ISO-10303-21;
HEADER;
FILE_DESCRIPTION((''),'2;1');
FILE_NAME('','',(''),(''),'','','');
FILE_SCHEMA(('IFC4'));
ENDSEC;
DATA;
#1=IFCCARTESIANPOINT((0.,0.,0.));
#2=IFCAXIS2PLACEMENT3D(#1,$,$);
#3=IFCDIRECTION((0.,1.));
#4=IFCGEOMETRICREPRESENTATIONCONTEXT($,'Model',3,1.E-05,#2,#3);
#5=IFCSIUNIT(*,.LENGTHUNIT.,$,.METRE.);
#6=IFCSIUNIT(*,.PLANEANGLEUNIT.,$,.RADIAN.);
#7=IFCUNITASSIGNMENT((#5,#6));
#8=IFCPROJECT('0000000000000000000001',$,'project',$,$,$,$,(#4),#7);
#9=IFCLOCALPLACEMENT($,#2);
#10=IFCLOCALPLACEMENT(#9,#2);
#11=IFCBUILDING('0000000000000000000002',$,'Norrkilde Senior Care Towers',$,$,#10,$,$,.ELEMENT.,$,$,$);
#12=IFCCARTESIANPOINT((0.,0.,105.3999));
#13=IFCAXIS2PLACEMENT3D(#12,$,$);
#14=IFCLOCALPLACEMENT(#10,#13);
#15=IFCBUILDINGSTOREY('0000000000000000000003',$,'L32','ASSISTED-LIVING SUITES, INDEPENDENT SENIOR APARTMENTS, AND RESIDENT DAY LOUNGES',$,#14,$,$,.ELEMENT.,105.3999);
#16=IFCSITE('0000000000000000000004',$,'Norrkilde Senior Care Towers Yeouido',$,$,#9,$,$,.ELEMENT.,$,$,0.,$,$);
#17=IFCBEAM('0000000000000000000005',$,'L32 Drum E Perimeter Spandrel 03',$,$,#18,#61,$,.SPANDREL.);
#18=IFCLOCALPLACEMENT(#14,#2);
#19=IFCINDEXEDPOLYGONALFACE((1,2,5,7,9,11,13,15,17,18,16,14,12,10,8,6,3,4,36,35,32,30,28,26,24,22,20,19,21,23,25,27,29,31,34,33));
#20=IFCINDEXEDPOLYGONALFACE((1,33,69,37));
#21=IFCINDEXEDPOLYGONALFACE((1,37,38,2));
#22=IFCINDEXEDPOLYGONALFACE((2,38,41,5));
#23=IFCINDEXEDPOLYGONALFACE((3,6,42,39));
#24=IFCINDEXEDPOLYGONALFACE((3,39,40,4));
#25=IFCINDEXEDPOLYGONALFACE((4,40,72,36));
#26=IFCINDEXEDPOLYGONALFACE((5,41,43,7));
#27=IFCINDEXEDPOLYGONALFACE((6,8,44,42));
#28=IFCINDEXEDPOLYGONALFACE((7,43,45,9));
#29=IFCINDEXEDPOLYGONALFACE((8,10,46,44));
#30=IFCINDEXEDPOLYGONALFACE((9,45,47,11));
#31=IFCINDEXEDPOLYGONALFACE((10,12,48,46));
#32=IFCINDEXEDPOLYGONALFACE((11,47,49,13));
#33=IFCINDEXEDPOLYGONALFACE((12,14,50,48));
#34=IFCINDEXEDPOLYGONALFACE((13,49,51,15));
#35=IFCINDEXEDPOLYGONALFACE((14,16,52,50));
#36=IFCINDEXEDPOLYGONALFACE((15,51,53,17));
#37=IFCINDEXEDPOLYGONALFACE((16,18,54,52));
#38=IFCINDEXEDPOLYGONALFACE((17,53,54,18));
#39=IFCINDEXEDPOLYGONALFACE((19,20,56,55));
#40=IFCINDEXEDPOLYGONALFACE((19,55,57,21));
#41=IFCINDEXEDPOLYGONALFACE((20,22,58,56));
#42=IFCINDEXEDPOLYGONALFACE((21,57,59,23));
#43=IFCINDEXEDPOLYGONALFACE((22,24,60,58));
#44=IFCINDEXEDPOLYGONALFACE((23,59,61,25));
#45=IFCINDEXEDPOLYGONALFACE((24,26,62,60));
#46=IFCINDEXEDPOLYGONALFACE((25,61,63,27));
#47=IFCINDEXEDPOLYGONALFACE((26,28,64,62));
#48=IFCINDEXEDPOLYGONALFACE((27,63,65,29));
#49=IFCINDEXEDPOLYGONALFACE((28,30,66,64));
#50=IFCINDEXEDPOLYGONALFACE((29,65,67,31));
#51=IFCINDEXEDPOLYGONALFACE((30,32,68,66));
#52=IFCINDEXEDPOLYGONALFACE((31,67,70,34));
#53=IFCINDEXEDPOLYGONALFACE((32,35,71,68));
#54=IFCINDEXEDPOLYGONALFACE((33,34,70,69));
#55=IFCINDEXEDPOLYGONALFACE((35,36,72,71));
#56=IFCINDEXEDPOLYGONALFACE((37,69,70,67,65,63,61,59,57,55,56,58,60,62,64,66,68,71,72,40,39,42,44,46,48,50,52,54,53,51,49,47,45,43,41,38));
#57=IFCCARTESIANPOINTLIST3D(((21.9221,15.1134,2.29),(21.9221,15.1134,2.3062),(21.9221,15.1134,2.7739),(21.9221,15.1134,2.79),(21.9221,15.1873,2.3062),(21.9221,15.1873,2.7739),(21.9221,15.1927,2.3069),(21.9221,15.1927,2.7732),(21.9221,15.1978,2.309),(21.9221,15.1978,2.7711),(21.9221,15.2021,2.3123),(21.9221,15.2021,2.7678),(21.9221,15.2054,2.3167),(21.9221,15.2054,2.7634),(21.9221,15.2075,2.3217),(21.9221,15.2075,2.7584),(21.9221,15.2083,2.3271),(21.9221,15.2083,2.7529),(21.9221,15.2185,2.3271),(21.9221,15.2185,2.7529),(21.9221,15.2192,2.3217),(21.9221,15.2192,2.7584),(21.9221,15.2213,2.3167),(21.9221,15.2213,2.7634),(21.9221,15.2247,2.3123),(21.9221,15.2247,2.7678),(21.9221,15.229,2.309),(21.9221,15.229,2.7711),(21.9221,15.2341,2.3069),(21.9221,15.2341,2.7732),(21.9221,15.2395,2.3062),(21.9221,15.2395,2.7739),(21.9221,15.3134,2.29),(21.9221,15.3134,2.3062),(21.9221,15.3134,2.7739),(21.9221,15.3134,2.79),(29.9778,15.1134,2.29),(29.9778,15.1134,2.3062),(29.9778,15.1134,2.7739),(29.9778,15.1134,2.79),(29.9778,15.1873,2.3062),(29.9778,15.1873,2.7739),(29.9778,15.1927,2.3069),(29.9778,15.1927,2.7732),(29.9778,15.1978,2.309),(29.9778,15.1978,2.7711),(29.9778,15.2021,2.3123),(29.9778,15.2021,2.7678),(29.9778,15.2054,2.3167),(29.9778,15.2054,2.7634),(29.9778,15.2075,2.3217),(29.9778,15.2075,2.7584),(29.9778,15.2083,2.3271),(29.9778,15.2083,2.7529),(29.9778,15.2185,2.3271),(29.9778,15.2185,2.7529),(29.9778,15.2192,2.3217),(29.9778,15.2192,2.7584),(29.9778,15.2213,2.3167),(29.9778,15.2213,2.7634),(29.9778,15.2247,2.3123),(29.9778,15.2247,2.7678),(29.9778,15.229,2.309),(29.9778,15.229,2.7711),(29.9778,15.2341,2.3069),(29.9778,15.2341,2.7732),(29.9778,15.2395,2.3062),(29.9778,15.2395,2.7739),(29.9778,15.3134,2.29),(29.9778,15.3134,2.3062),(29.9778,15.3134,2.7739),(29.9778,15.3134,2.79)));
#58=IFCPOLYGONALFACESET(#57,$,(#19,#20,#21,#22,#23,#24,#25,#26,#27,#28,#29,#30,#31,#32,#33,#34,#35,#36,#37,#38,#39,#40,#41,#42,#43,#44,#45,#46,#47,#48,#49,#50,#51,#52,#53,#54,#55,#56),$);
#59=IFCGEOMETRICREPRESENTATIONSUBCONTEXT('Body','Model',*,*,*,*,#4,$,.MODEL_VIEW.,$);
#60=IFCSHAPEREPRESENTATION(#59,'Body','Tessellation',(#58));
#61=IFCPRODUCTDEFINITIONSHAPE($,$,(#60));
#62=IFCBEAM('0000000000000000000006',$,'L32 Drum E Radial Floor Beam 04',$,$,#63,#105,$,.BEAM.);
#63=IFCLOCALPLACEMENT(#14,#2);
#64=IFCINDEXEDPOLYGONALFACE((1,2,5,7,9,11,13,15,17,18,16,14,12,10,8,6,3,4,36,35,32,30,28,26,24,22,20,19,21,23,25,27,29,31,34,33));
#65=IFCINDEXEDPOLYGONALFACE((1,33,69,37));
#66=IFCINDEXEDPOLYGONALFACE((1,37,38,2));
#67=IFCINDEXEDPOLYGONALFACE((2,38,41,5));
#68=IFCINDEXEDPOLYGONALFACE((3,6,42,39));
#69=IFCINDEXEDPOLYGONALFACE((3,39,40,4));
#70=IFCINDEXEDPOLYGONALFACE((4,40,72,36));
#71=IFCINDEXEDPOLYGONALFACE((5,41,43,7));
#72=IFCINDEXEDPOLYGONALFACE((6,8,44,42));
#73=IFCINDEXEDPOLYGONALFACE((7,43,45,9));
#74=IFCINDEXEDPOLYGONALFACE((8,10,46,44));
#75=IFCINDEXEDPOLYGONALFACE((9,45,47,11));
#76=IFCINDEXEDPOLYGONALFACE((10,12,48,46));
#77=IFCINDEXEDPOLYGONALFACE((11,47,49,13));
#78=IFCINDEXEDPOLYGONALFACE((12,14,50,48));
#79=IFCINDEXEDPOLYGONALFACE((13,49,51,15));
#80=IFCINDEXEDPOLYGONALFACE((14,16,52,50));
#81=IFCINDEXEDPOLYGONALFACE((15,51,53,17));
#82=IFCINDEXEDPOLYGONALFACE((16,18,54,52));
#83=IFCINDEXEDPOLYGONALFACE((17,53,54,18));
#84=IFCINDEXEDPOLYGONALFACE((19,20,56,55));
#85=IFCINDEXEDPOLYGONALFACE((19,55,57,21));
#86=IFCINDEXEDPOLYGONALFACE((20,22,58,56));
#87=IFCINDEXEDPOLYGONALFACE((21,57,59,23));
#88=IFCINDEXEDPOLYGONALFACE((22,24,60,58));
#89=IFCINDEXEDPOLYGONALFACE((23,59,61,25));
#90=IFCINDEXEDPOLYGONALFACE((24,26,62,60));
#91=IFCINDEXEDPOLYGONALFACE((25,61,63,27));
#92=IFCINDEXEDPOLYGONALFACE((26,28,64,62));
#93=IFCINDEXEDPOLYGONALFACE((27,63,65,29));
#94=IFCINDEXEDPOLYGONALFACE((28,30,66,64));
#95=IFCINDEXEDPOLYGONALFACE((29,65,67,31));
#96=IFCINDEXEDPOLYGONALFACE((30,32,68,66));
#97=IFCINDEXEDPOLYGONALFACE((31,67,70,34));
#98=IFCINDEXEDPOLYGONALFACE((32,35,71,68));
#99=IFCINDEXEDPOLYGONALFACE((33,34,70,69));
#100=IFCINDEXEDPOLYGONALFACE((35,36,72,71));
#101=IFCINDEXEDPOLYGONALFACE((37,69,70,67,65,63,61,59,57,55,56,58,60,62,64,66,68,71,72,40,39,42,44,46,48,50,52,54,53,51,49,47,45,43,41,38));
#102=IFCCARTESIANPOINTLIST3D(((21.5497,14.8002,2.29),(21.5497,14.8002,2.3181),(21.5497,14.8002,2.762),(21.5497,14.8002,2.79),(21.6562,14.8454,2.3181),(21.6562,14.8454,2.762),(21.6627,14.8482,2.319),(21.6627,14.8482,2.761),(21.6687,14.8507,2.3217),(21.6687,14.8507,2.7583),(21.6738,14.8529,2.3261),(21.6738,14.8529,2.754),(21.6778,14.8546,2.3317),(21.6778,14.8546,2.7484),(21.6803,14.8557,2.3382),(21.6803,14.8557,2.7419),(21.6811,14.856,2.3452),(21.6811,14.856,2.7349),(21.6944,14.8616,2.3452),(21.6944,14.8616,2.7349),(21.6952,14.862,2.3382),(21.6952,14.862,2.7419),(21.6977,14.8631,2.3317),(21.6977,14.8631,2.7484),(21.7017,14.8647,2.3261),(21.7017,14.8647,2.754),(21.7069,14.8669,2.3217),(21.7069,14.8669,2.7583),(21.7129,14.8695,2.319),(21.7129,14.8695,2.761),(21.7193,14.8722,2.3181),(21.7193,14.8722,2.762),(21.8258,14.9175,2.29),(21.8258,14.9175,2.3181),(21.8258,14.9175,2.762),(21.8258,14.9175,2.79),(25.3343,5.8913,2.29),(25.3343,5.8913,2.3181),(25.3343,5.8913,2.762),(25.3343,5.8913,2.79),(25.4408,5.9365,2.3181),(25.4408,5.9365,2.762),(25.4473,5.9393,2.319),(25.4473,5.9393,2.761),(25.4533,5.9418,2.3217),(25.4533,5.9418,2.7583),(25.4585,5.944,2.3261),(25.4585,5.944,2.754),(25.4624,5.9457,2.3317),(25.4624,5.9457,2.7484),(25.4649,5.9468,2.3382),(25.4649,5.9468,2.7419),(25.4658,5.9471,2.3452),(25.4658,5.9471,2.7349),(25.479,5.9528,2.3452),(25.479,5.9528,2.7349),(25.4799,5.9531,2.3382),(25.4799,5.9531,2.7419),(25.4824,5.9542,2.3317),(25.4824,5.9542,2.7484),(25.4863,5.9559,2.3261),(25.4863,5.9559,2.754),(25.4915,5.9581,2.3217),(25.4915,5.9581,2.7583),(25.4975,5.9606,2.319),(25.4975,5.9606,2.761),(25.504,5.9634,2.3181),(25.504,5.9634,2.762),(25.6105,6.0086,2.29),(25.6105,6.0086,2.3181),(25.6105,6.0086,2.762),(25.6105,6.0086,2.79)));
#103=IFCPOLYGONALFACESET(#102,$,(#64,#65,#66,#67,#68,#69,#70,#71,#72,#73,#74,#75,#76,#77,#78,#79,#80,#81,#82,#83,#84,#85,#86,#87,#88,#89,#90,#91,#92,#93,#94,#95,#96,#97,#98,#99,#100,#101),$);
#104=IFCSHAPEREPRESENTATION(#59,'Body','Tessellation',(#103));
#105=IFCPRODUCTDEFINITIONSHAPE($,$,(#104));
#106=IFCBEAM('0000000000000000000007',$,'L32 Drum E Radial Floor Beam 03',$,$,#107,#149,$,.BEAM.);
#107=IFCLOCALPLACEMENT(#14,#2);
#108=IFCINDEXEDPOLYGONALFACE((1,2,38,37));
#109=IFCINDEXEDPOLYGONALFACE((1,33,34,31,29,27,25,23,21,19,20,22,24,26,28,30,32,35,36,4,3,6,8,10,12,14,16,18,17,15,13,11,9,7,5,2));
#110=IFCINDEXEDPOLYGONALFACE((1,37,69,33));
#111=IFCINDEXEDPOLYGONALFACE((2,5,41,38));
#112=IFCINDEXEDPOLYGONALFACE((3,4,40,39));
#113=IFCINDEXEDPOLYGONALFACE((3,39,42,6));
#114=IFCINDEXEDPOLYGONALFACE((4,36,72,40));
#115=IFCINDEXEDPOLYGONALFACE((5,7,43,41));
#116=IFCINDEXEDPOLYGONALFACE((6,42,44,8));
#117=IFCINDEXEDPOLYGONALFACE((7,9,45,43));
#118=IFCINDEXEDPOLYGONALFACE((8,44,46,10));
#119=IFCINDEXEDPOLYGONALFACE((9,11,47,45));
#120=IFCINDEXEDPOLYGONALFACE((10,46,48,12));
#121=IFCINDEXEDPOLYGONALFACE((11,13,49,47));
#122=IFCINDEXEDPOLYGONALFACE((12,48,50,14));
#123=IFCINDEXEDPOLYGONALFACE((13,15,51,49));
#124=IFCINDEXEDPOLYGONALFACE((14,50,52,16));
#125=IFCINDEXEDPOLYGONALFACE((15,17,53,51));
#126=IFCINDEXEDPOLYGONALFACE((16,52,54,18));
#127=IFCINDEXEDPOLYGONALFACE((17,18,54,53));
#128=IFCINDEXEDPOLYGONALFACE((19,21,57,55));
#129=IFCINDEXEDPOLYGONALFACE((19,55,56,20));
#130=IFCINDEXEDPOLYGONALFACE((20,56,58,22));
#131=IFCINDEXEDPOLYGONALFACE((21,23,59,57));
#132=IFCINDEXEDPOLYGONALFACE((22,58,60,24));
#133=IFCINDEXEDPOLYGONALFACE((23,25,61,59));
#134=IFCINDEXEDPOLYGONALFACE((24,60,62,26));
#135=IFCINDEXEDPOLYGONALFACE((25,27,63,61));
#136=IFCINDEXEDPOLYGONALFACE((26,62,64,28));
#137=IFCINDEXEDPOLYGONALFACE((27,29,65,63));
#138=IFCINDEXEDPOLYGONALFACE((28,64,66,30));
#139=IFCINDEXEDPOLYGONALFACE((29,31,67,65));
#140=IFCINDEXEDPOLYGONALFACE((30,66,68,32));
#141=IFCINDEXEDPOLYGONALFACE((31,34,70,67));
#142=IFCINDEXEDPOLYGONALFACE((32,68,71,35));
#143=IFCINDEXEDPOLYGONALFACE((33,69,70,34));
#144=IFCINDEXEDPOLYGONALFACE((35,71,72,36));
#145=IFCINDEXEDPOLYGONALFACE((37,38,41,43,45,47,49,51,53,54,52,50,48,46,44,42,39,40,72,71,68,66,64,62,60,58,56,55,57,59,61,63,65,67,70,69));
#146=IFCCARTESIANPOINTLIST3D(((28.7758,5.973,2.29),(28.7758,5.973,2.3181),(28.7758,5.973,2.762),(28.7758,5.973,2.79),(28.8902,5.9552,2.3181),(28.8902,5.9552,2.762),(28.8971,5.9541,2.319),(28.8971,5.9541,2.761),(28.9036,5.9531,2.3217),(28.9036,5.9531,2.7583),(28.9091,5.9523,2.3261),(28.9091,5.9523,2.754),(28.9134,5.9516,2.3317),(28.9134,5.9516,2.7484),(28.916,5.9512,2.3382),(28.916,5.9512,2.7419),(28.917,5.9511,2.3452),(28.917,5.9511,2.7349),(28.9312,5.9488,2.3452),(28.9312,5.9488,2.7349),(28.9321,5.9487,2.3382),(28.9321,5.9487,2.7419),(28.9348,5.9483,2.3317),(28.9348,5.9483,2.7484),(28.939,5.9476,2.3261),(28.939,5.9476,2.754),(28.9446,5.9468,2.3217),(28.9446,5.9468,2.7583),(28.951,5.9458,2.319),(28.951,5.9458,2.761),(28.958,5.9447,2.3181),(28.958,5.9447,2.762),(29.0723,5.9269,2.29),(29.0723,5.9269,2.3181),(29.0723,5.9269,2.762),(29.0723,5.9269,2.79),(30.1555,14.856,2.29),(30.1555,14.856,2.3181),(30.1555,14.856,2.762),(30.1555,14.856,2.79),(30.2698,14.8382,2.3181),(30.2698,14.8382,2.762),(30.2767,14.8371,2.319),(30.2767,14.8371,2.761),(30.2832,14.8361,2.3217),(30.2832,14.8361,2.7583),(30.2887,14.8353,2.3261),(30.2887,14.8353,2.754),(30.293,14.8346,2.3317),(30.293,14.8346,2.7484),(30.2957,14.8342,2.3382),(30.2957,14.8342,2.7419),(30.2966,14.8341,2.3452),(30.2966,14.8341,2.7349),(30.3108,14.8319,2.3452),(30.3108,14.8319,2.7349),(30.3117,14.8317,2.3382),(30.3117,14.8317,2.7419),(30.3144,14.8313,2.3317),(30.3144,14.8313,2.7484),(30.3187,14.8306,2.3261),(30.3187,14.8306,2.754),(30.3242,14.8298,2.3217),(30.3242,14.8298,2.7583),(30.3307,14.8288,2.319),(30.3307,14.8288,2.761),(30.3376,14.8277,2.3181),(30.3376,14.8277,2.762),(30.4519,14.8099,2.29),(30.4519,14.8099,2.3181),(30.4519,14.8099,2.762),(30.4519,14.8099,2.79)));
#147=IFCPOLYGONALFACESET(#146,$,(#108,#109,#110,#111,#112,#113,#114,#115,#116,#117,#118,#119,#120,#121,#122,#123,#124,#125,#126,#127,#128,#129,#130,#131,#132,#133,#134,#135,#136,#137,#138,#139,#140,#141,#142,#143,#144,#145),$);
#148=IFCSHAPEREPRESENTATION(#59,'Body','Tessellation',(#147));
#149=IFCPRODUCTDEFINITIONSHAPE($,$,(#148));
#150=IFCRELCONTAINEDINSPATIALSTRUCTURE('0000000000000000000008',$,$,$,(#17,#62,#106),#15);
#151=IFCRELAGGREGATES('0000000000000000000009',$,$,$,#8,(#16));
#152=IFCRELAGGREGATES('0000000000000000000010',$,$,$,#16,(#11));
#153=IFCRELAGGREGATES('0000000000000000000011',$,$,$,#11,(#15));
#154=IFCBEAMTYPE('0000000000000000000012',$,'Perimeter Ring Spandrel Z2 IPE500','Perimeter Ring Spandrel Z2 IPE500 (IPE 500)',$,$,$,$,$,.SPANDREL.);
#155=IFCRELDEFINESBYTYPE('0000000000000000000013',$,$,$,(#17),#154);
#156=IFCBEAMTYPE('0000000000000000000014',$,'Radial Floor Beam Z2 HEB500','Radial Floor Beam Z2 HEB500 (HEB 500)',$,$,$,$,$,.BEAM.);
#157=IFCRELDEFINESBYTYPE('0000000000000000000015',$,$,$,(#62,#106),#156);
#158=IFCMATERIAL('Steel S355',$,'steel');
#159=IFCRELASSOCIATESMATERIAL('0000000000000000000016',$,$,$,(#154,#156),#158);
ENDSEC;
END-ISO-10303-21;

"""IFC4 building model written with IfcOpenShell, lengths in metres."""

from ifc_helpers import new_model, si_unit, direction, frame, origin, origin_2d, place, context, subcontext, project, spatial, i_section, extrude, source, transform, mapped, material, material_profile, profile_set, type_object, type_shapes, element, save


model = new_model("IFC4")

# Units and contexts
model_context = context("Model", 3, precision=1e-05, world=origin(), true_north=direction((0.0, 1.0)))
body_context = subcontext(model_context, "Body", "Model", "MODEL_VIEW")
ifc_project = project(units=[si_unit("LENGTHUNIT", "METRE"), si_unit("PLANEANGLEUNIT", "RADIAN")], contexts=[model_context])

# Site, building, storey
site_placement = place(None, origin())
site = spatial("IfcSite", under=ifc_project, at=site_placement, Name="Norrkilde Senior Care Towers Yeouido", CompositionType="ELEMENT", RefElevation=0.0)
building_placement = place(site_placement, origin())
building = spatial("IfcBuilding", under=site, at=building_placement, Name="Norrkilde Senior Care Towers", CompositionType="ELEMENT")
storey_placement = place(building_placement, frame((0.0, 0.0, 105.3999)))
storey = spatial("IfcBuildingStorey", under=building, at=storey_placement, Name="L32", Description="ASSISTED-LIVING SUITES, INDEPENDENT SENIOR APARTMENTS, AND RESIDENT DAY LOUNGES", CompositionType="ELEMENT", Elevation=105.3999)

# Beams
ifc_material_1 = material(Name="Steel S355", Category="steel")
ifc_material_profile_1 = material_profile(ifc_material_1, i_section(OverallWidth=0.2, OverallDepth=0.5, WebThickness=0.0103, FlangeThickness=0.0161, FilletRadius=0.021, at=origin_2d()), Name="IPE 500")
ifc_profile_set_1 = profile_set([ifc_material_profile_1], Name="Steel S355")
beam_type_1 = type_object("IfcBeamType", Name="Perimeter Ring Spandrel Z2 IPE500", Description="Perimeter Ring Spandrel Z2 IPE500 (IPE 500)", PredefinedType="SPANDREL", material=ifc_profile_set_1)
shared_shape_1 = source(origin(), body_context, "Body", "SweptSolid", [
    extrude(i_section(OverallWidth=0.2, OverallDepth=0.5, WebThickness=0.0103, FlangeThickness=0.0161, FilletRadius=0.021, at=origin_2d()), origin(), (0.0, 0.0, 1.0), 8.0557),
])
beam_1_placement = place(storey_placement, frame((29.9778, 15.2134, 2.54), z_axis=(-1.0, 0.0, 0.0), x_axis=(0.0, -1.0, 0.0)))
element("IfcBeam", 1, at=beam_1_placement, inside=storey, type_object=beam_type_1, Name="L32 Drum E Perimeter Spandrel 03", PredefinedType="SPANDREL", context=body_context, shape_type="MappedRepresentation", body=[
    mapped(shared_shape_1, transform((0.0, 0.0, 0.0), x_axis=(1.0, 0.0, 0.0), y_axis=(0.0, 1.0, 0.0), z_axis=(0.0, 0.0, 1.0), scale=1.0)),
])
ifc_material_profile_2 = material_profile(ifc_material_1, i_section(OverallWidth=0.3, OverallDepth=0.5, WebThickness=0.0144, FlangeThickness=0.0281, FilletRadius=0.0271, at=origin_2d()), Name="HEB 500")
ifc_profile_set_2 = profile_set([ifc_material_profile_2], Name="Steel S355")
beam_type_2 = type_object("IfcBeamType", Name="Radial Floor Beam Z2 HEB500", Description="Radial Floor Beam Z2 HEB500 (HEB 500)", PredefinedType="BEAM", material=ifc_profile_set_2)
shared_shape_2 = source(origin(), body_context, "Body", "SweptSolid", [
    extrude(i_section(OverallWidth=0.3, OverallDepth=0.5, WebThickness=0.0144, FlangeThickness=0.0281, FilletRadius=0.0271, at=origin_2d()), origin(), (0.0, 0.0, 1.0), 9.6794),
])
beam_2_placement = place(storey_placement, frame((25.4724, 5.95, 2.54), z_axis=(-0.390998, 0.920392, 0.0), x_axis=(-0.920392, -0.390998, 0.0)))
element("IfcBeam", 2, at=beam_2_placement, inside=storey, type_object=beam_type_2, Name="L32 Drum E Radial Floor Beam 04", PredefinedType="BEAM", context=body_context, shape_type="MappedRepresentation", body=[
    mapped(shared_shape_2, transform((0.0, 0.0, 0.0), x_axis=(1.0, 0.0, 0.0), y_axis=(0.0, 1.0, 0.0), z_axis=(0.0, 0.0, 1.0), scale=1.0)),
])
shared_shape_3 = source(origin(), body_context, "Body", "SweptSolid", [
    extrude(i_section(OverallWidth=0.3, OverallDepth=0.5, WebThickness=0.0144, FlangeThickness=0.0281, FilletRadius=0.0271, at=origin_2d()), origin(), (0.0, 0.0, 1.0), 8.9895),
])
type_shapes(beam_type_2, [shared_shape_2, shared_shape_3])
beam_3_placement = place(storey_placement, frame((28.9241, 5.95, 2.54), z_axis=(0.153471, 0.988153, 0.0), x_axis=(-0.988153, 0.153471, 0.0)))
element("IfcBeam", 3, at=beam_3_placement, inside=storey, type_object=beam_type_2, Name="L32 Drum E Radial Floor Beam 03", PredefinedType="BEAM", context=body_context, shape_type="MappedRepresentation", body=[
    mapped(shared_shape_3, transform((0.0, 0.0, 0.0), x_axis=(1.0, 0.0, 0.0), y_axis=(0.0, 1.0, 0.0), z_axis=(0.0, 0.0, 1.0), scale=1.0)),
])

save(model, "model.ifc")
